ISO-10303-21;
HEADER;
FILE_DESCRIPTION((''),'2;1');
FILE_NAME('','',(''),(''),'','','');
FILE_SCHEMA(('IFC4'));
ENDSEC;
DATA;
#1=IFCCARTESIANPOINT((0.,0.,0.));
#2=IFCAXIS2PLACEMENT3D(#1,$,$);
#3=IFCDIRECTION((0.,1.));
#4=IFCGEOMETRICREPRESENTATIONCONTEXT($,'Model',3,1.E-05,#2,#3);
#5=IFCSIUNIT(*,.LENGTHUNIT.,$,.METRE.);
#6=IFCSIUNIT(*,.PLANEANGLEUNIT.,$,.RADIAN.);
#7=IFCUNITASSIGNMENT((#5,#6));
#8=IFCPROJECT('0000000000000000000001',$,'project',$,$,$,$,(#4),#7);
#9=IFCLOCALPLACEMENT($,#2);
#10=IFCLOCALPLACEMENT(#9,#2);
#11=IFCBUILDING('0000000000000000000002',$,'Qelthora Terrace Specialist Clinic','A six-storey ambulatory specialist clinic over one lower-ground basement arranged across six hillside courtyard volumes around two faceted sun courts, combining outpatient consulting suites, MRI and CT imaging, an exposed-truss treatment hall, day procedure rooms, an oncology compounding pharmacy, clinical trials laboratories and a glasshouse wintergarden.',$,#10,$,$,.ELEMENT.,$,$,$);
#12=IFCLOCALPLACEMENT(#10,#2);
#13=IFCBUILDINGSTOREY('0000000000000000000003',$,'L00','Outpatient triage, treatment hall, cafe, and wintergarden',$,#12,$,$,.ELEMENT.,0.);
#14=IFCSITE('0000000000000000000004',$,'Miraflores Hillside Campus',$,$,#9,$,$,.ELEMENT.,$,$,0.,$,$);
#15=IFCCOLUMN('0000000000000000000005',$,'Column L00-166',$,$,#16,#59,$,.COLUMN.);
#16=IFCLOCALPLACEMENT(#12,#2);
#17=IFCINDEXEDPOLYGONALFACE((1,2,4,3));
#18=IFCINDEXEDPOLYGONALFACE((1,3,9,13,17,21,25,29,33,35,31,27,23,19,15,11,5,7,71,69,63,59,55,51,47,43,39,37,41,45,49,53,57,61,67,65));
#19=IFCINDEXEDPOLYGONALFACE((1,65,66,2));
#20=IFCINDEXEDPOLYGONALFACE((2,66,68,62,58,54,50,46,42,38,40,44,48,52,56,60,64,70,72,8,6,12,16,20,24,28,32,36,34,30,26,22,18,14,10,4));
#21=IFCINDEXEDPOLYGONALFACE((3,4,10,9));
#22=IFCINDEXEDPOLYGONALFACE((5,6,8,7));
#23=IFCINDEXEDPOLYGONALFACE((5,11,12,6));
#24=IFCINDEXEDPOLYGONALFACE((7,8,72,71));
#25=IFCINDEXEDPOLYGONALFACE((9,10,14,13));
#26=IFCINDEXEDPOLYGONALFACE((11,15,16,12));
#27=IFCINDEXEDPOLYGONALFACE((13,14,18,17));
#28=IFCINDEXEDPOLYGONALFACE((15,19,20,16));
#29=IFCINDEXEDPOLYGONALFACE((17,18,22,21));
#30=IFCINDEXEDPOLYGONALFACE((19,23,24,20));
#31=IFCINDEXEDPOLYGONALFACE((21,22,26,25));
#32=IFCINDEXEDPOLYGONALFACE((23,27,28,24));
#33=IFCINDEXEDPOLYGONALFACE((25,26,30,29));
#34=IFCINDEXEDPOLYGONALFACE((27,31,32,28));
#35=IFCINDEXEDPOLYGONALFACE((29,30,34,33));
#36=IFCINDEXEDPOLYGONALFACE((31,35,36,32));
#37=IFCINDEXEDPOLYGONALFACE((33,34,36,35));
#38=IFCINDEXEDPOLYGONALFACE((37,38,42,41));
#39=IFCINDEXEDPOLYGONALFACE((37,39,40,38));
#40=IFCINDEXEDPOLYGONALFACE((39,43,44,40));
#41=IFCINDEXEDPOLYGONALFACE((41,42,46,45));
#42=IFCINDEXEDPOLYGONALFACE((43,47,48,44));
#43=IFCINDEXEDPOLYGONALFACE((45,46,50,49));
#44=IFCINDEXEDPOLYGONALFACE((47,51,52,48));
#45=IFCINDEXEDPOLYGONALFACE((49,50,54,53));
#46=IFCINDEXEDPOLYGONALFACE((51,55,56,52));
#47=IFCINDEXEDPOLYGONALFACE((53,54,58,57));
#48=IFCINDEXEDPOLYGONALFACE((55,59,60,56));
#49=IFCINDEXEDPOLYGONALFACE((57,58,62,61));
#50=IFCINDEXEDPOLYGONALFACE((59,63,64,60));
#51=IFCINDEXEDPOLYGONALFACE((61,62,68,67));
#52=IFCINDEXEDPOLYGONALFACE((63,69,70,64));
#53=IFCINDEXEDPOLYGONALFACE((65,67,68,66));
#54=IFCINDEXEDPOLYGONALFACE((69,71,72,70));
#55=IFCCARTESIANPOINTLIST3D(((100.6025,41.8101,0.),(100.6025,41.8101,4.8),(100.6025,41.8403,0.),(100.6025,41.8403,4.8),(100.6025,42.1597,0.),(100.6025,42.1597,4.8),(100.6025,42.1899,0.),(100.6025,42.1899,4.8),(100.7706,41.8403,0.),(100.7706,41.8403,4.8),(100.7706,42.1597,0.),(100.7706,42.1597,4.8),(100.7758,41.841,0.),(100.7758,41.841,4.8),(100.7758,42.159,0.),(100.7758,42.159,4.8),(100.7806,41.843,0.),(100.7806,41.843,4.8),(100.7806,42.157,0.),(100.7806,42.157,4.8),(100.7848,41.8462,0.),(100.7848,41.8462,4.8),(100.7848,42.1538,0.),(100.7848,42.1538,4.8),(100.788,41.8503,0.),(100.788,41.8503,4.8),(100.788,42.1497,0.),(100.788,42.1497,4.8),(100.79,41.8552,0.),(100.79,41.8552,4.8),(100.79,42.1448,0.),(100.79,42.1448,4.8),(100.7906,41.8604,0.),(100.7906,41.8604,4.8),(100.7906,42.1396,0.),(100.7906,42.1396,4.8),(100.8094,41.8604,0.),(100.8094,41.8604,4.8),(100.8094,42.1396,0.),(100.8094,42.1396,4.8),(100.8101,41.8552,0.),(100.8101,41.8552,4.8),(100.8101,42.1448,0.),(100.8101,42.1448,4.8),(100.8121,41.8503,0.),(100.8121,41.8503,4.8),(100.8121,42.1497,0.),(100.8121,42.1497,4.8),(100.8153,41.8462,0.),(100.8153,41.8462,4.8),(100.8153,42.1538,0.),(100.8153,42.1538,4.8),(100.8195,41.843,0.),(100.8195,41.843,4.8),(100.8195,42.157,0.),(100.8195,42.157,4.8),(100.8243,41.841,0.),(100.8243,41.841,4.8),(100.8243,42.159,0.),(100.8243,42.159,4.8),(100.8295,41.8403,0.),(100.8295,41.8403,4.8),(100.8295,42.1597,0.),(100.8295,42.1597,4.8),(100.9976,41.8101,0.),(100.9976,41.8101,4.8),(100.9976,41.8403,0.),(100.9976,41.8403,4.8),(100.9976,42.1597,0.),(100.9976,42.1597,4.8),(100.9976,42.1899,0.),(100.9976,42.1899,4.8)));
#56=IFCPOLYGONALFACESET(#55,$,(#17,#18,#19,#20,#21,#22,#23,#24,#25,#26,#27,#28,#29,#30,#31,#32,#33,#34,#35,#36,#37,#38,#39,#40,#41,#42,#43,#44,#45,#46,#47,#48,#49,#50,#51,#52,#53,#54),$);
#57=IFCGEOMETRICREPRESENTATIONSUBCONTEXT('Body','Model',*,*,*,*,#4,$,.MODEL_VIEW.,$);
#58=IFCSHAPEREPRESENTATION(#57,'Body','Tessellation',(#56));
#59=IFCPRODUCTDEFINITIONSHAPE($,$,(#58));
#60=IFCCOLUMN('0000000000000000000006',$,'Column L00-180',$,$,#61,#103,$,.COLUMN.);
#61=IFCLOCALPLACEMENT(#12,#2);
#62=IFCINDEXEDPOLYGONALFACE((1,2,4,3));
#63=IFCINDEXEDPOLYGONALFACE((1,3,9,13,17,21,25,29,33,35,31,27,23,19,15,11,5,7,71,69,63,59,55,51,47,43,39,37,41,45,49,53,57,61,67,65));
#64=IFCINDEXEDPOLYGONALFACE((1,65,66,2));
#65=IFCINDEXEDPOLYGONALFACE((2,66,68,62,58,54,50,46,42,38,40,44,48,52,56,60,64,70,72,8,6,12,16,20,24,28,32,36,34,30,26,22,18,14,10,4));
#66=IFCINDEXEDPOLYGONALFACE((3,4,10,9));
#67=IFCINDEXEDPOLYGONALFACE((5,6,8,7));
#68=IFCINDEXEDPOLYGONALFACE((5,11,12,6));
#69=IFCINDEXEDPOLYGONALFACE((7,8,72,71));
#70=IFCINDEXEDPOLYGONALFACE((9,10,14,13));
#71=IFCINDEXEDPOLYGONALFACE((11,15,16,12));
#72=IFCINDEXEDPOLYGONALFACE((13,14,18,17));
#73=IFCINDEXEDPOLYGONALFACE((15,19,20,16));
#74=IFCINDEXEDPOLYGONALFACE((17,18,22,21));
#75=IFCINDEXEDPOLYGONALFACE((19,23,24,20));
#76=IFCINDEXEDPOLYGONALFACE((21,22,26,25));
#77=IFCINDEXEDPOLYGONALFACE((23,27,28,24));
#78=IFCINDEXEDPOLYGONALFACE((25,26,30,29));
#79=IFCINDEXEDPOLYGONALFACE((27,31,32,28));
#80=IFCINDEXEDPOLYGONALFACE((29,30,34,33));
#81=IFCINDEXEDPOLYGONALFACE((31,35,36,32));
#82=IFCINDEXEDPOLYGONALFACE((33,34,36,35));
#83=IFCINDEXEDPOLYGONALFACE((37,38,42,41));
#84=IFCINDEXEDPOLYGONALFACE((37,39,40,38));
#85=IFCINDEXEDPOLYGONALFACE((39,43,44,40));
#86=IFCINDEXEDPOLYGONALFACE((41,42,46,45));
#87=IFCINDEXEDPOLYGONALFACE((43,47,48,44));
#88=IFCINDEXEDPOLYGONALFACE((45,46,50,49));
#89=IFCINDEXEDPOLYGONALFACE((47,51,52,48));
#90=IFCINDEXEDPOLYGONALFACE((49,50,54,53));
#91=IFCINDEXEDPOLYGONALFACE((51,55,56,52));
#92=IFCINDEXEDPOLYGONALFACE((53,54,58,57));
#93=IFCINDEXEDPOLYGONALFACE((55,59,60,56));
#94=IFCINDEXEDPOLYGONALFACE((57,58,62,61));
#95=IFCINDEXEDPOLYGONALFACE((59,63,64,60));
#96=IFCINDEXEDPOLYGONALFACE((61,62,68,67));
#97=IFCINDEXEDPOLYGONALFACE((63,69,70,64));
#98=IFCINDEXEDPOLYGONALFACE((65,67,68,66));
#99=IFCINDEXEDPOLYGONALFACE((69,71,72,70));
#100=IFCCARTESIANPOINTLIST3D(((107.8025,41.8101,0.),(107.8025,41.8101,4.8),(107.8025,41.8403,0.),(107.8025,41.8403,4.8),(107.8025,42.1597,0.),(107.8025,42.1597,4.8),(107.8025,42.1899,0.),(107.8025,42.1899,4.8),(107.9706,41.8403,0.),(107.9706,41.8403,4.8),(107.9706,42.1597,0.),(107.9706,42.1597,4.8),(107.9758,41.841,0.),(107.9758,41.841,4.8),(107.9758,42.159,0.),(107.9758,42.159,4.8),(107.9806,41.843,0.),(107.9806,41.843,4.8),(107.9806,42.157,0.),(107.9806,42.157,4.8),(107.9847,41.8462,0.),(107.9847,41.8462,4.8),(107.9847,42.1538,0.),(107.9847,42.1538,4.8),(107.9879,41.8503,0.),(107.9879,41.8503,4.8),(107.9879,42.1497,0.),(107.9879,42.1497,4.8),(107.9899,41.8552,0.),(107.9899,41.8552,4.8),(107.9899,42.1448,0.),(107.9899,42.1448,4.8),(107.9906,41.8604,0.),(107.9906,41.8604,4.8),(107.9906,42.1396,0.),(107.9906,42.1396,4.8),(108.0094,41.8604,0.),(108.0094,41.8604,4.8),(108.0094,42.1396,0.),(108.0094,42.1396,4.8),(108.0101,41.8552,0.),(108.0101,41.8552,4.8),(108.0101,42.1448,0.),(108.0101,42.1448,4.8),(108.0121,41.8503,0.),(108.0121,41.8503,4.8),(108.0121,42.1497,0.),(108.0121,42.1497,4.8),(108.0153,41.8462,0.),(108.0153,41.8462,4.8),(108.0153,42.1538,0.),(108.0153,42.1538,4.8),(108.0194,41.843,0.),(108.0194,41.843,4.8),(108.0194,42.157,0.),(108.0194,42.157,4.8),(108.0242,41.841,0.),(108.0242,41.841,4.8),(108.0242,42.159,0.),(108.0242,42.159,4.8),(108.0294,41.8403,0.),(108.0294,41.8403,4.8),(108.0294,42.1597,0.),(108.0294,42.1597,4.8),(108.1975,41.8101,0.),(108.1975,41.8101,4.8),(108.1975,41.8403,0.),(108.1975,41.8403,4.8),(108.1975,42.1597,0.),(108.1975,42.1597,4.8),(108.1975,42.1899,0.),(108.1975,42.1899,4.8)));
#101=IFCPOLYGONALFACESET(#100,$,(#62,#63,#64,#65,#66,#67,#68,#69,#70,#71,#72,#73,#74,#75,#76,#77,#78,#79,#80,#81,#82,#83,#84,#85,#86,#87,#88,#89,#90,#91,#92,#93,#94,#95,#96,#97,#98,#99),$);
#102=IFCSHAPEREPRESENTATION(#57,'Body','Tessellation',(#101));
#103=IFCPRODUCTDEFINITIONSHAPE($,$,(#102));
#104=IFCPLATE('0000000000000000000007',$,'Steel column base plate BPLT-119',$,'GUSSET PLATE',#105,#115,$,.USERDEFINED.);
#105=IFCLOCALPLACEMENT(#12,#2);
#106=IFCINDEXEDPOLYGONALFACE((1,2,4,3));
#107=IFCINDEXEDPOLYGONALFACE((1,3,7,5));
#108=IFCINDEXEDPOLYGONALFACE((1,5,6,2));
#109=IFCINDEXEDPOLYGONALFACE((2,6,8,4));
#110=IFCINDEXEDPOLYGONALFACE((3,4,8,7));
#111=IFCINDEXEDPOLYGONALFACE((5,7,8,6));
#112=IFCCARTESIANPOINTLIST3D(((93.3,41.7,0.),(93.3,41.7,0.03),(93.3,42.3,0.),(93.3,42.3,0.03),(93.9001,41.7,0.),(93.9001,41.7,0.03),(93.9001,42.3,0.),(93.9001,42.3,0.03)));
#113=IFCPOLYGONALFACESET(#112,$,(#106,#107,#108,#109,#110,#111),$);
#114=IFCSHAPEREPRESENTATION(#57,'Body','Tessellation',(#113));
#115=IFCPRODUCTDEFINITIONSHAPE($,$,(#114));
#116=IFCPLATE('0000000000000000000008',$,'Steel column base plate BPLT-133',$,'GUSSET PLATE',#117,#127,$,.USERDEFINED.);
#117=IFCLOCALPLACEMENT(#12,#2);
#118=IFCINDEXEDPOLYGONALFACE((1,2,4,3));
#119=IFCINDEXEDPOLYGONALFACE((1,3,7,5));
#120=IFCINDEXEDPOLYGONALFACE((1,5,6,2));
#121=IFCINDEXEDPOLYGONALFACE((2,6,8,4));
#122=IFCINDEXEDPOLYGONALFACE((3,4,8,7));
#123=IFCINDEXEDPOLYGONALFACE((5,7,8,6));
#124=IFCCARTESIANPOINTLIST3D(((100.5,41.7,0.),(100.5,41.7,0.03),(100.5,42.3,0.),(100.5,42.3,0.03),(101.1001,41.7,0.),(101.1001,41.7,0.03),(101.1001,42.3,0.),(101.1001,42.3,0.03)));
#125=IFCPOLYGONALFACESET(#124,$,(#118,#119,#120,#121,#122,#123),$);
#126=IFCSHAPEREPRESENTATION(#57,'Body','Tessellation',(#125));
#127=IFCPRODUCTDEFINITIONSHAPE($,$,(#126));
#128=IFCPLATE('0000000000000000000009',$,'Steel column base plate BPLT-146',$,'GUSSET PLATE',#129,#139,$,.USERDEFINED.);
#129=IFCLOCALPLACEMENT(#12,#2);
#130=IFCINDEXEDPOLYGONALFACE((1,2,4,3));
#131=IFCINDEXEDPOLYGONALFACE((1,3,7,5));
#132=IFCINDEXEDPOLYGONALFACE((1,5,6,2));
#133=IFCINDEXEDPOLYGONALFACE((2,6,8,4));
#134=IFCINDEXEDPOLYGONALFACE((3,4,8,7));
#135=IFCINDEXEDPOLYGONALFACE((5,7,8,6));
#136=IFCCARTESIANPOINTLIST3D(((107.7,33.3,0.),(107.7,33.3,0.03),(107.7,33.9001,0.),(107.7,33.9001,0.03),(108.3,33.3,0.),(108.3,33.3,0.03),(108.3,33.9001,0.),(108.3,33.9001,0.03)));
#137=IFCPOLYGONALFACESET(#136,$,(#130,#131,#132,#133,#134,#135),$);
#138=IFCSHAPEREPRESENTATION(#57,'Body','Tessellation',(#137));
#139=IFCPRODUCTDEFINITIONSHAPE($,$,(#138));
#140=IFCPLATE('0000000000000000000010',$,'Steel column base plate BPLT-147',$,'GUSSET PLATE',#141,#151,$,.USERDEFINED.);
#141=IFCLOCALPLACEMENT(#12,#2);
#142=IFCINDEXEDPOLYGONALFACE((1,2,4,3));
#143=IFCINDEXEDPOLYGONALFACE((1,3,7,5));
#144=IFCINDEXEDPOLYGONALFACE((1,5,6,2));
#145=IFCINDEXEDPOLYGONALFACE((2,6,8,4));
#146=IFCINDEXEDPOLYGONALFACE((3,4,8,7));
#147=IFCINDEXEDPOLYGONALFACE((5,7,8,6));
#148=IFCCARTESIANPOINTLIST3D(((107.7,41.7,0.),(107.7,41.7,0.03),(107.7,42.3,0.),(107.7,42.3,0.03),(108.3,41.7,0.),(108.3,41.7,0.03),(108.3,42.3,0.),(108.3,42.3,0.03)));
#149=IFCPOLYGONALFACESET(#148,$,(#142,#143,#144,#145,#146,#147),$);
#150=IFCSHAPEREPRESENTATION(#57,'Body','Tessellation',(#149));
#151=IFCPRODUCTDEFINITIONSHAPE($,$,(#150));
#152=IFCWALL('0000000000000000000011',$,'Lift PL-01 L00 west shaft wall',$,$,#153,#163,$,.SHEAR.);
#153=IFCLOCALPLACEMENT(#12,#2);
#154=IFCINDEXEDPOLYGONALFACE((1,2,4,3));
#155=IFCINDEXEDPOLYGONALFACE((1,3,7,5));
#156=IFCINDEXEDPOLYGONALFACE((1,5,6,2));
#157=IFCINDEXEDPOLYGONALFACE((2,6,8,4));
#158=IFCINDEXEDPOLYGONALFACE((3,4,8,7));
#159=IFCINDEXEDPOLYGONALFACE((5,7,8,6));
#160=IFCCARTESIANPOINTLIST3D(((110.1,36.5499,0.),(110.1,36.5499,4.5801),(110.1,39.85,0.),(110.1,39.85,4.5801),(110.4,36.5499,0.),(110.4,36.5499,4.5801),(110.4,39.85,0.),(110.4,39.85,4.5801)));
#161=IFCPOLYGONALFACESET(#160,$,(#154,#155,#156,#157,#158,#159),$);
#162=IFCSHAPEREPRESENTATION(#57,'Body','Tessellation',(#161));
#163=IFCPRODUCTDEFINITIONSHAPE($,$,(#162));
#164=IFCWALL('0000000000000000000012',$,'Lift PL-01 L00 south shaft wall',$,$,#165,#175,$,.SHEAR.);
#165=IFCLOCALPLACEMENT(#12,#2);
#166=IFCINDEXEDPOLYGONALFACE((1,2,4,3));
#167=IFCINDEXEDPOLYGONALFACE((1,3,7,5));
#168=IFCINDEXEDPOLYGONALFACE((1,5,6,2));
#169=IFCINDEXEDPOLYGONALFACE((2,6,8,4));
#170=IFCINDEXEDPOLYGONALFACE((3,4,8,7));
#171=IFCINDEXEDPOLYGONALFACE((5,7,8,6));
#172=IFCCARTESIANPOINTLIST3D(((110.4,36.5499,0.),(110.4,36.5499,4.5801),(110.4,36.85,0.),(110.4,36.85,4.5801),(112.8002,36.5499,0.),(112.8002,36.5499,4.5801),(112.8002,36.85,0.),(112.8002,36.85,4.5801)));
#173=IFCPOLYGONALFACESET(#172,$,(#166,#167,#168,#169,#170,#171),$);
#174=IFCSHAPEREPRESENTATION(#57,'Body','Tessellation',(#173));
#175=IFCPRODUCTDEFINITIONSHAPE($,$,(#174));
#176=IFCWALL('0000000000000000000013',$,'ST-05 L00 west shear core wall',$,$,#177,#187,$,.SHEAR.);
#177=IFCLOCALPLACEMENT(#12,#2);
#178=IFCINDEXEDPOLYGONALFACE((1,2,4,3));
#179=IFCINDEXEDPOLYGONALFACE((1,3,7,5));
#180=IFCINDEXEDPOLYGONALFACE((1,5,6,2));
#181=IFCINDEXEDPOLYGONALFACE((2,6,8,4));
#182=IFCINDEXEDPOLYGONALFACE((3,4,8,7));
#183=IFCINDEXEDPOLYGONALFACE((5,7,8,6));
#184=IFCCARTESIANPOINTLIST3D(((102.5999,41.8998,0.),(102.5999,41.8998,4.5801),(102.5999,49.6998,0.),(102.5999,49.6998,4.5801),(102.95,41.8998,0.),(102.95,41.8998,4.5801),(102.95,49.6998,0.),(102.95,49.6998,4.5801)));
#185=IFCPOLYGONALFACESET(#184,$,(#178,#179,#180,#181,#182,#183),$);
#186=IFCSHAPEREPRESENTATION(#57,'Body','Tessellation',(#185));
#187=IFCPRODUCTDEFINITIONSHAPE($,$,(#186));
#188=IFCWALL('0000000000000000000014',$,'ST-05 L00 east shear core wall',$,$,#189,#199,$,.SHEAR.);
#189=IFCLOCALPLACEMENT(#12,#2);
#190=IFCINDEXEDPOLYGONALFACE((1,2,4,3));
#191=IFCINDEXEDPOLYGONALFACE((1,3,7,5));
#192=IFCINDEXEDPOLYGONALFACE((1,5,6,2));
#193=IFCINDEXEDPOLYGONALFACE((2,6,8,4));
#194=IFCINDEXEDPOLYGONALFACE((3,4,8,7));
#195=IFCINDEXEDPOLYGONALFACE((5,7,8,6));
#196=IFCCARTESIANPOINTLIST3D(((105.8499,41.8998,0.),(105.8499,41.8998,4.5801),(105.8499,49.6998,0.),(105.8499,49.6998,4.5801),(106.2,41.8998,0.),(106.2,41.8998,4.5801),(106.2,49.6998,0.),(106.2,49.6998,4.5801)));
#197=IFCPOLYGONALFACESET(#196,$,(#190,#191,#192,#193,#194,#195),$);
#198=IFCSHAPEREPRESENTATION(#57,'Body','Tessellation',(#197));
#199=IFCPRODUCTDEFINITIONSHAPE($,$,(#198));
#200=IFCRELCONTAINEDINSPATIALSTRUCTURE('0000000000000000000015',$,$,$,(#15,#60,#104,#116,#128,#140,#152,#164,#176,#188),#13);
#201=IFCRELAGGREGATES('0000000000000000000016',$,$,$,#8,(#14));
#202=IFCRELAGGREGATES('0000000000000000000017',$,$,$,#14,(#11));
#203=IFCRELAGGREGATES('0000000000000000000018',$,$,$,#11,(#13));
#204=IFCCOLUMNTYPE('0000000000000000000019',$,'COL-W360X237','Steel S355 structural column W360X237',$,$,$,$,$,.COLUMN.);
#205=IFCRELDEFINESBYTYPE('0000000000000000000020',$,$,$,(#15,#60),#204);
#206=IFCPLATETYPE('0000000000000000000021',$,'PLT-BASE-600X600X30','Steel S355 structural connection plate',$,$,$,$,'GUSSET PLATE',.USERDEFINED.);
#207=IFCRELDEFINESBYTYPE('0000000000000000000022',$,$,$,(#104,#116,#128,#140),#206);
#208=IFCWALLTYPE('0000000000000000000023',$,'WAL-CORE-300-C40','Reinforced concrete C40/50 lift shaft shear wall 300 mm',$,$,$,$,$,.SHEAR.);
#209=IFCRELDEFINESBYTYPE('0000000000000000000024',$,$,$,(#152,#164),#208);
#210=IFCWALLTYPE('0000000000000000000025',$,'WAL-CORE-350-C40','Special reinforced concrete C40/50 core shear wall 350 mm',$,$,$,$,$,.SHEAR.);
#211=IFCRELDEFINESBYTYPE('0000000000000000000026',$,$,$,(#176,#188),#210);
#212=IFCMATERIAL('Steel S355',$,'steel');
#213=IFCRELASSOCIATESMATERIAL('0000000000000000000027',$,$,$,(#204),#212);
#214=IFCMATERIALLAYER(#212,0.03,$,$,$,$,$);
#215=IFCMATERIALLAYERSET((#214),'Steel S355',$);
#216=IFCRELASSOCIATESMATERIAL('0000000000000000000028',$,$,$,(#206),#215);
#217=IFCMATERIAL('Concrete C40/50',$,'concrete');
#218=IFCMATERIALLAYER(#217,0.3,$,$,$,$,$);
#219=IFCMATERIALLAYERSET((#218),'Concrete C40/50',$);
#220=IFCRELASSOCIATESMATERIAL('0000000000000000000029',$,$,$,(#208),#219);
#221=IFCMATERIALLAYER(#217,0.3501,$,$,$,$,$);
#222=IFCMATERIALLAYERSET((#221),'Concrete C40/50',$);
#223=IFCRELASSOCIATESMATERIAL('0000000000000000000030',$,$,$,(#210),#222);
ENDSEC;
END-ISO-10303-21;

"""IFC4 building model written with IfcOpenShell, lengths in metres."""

from ifc_helpers import new_model, si_unit, direction, frame, frame_2d, origin, origin_2d, place, context, subcontext, project, spatial, rectangle, i_section, extrude, material, layer, layer_set, material_profile, profile_set, type_object, element, save


model = new_model("IFC4")

# Units and contexts
model_context = context("Model", 3, precision=1e-05, world=origin(), true_north=direction((0.0, 1.0)))
body_context = subcontext(model_context, "Body", "Model", "MODEL_VIEW")
ifc_project = project(units=[si_unit("LENGTHUNIT", "METRE"), si_unit("PLANEANGLEUNIT", "RADIAN")], contexts=[model_context])

# Site, building, storey
site_placement = place(None, origin())
site = spatial("IfcSite", under=ifc_project, at=site_placement, Name="Miraflores Hillside Campus", CompositionType="ELEMENT", RefElevation=0.0)
building_placement = place(site_placement, origin())
building = spatial("IfcBuilding", under=site, at=building_placement, Name="Qelthora Terrace Specialist Clinic", Description="A six-storey ambulatory specialist clinic over one lower-ground basement arranged across six hillside courtyard volumes around two faceted sun courts, combining outpatient consulting suites, MRI and CT imaging, an exposed-truss treatment hall, day procedure rooms, an oncology compounding pharmacy, clinical trials laboratories and a glasshouse wintergarden.", CompositionType="ELEMENT")
storey_placement = place(building_placement, origin())
storey = spatial("IfcBuildingStorey", under=building, at=storey_placement, Name="L00", Description="Outpatient triage, treatment hall, cafe, and wintergarden", CompositionType="ELEMENT", Elevation=0.0)

# Columns
ifc_material_1 = material(Name="Steel S355", Category="steel")
ifc_material_profile_1 = material_profile(ifc_material_1, i_section(OverallWidth=0.395, OverallDepth=0.3799, WebThickness=0.0188, FlangeThickness=0.0303, FilletRadius=0.02, at=origin_2d()), Name="W360X237")
ifc_profile_set_1 = profile_set([ifc_material_profile_1], Name="Steel S355")
column_type = type_object("IfcColumnType", Name="COL-W360X237", Description="Steel S355 structural column W360X237", PredefinedType="COLUMN", material=ifc_profile_set_1)
for number, where, z_axis, x_axis, name in (
    (1, (100.8, 42.0, 0.0), (0.0, 0.0, 1.0), (1.0, 0.0, 0.0), "Column L00-166"),
    (2, (108.0, 42.0, 0.0), (0.0, 0.0, 1.0), (1.0, 0.0, 0.0), "Column L00-180"),
):
    element("IfcColumn", number, at=place(storey_placement, frame(where, z_axis=z_axis, x_axis=x_axis)), inside=storey, type_object=column_type, Name=name, PredefinedType="COLUMN", context=body_context, shape_type="SweptSolid", body=[
        extrude(i_section(OverallWidth=0.395, OverallDepth=0.3799, WebThickness=0.0188, FlangeThickness=0.0303, FilletRadius=0.02, at=origin_2d()), origin(), (0.0, 0.0, 1.0), 4.8),
    ])

# Plates
ifc_layer_1 = layer(ifc_material_1, 0.03)
ifc_layer_set_1 = layer_set([ifc_layer_1], Name="Steel S355")
plate_type = type_object("IfcPlateType", Name="PLT-BASE-600X600X30", Description="Steel S355 structural connection plate", ElementType="GUSSET PLATE", PredefinedType="USERDEFINED", material=ifc_layer_set_1)
for number, where, z_axis, x_axis, name in (
    (3, (93.6001, 42.0, 0.0), (0.0, 0.0, 1.0), (1.0, 0.0, 0.0), "Steel column base plate BPLT-119"),
    (4, (100.8, 42.0, 0.0), (0.0, 0.0, 1.0), (1.0, 0.0, 0.0), "Steel column base plate BPLT-133"),
    (5, (108.0, 33.6001, 0.0), (0.0, 0.0, 1.0), (1.0, 0.0, 0.0), "Steel column base plate BPLT-146"),
    (6, (108.0, 42.0, 0.0), (0.0, 0.0, 1.0), (1.0, 0.0, 0.0), "Steel column base plate BPLT-147"),
):
    element("IfcPlate", number, at=place(storey_placement, frame(where, z_axis=z_axis, x_axis=x_axis)), inside=storey, type_object=plate_type, Name=name, ObjectType="GUSSET PLATE", PredefinedType="USERDEFINED", context=body_context, shape_type="SweptSolid", body=[
        extrude(rectangle(XDim=0.6001, YDim=0.6001, at=origin_2d()), origin(), (0.0, 0.0, 1.0), 0.03),
    ])

# Wall
ifc_material_2 = material(Name="Concrete C40/50", Category="concrete")
ifc_layer_2 = layer(ifc_material_2, 0.3)
ifc_layer_set_2 = layer_set([ifc_layer_2], Name="Concrete C40/50")
wall_type_1 = type_object("IfcWallType", Name="WAL-CORE-300-C40", Description="Reinforced concrete C40/50 lift shaft shear wall 300 mm", PredefinedType="SHEAR", material=ifc_layer_set_2)
wall_1_placement = place(storey_placement, frame((110.25, 36.55, 0.0), z_axis=(0.0, 0.0, 1.0), x_axis=(0.0, 1.0, 0.0)))
element("IfcWall", 7, at=wall_1_placement, inside=storey, type_object=wall_type_1, Name="Lift PL-01 L00 west shaft wall", PredefinedType="SHEAR", context=body_context, shape_type="SweptSolid", body=[
    extrude(rectangle(XDim=3.3, YDim=0.3, at=frame_2d((1.6499, 0.0))), origin(), (0.0, 0.0, 1.0), 4.5801),
])

# Walls
wall_2_placement = place(storey_placement, frame((110.3999, 36.7, 0.0), z_axis=(0.0, 0.0, 1.0), x_axis=(1.0, 0.0, 0.0)))
element("IfcWall", 8, at=wall_2_placement, inside=storey, type_object=wall_type_1, Name="Lift PL-01 L00 south shaft wall", PredefinedType="SHEAR", context=body_context, shape_type="SweptSolid", body=[
    extrude(rectangle(XDim=2.4001, YDim=0.3, at=frame_2d((1.2002, 0.0))), origin(), (0.0, 0.0, 1.0), 4.5801),
])
ifc_layer_3 = layer(ifc_material_2, 0.3501)
ifc_layer_set_3 = layer_set([ifc_layer_3], Name="Concrete C40/50")
wall_type_2 = type_object("IfcWallType", Name="WAL-CORE-350-C40", Description="Special reinforced concrete C40/50 core shear wall 350 mm", PredefinedType="SHEAR", material=ifc_layer_set_3)
for number, where, z_axis, x_axis, name in (
    (9, (102.7749, 41.8999, 0.0), (0.0, 0.0, 1.0), (0.0, 1.0, 0.0), "ST-05 L00 west shear core wall"),
    (10, (106.0249, 41.8999, 0.0), (0.0, 0.0, 1.0), (0.0, 1.0, 0.0), "ST-05 L00 east shear core wall"),
):
    element("IfcWall", number, at=place(storey_placement, frame(where, z_axis=z_axis, x_axis=x_axis)), inside=storey, type_object=wall_type_2, Name=name, PredefinedType="SHEAR", context=body_context, shape_type="SweptSolid", body=[
        extrude(rectangle(XDim=7.8, YDim=0.3501, at=frame_2d((3.8999, 0.0))), origin(), (0.0, 0.0, 1.0), 4.5801),
    ])

save(model, "model.ifc")
